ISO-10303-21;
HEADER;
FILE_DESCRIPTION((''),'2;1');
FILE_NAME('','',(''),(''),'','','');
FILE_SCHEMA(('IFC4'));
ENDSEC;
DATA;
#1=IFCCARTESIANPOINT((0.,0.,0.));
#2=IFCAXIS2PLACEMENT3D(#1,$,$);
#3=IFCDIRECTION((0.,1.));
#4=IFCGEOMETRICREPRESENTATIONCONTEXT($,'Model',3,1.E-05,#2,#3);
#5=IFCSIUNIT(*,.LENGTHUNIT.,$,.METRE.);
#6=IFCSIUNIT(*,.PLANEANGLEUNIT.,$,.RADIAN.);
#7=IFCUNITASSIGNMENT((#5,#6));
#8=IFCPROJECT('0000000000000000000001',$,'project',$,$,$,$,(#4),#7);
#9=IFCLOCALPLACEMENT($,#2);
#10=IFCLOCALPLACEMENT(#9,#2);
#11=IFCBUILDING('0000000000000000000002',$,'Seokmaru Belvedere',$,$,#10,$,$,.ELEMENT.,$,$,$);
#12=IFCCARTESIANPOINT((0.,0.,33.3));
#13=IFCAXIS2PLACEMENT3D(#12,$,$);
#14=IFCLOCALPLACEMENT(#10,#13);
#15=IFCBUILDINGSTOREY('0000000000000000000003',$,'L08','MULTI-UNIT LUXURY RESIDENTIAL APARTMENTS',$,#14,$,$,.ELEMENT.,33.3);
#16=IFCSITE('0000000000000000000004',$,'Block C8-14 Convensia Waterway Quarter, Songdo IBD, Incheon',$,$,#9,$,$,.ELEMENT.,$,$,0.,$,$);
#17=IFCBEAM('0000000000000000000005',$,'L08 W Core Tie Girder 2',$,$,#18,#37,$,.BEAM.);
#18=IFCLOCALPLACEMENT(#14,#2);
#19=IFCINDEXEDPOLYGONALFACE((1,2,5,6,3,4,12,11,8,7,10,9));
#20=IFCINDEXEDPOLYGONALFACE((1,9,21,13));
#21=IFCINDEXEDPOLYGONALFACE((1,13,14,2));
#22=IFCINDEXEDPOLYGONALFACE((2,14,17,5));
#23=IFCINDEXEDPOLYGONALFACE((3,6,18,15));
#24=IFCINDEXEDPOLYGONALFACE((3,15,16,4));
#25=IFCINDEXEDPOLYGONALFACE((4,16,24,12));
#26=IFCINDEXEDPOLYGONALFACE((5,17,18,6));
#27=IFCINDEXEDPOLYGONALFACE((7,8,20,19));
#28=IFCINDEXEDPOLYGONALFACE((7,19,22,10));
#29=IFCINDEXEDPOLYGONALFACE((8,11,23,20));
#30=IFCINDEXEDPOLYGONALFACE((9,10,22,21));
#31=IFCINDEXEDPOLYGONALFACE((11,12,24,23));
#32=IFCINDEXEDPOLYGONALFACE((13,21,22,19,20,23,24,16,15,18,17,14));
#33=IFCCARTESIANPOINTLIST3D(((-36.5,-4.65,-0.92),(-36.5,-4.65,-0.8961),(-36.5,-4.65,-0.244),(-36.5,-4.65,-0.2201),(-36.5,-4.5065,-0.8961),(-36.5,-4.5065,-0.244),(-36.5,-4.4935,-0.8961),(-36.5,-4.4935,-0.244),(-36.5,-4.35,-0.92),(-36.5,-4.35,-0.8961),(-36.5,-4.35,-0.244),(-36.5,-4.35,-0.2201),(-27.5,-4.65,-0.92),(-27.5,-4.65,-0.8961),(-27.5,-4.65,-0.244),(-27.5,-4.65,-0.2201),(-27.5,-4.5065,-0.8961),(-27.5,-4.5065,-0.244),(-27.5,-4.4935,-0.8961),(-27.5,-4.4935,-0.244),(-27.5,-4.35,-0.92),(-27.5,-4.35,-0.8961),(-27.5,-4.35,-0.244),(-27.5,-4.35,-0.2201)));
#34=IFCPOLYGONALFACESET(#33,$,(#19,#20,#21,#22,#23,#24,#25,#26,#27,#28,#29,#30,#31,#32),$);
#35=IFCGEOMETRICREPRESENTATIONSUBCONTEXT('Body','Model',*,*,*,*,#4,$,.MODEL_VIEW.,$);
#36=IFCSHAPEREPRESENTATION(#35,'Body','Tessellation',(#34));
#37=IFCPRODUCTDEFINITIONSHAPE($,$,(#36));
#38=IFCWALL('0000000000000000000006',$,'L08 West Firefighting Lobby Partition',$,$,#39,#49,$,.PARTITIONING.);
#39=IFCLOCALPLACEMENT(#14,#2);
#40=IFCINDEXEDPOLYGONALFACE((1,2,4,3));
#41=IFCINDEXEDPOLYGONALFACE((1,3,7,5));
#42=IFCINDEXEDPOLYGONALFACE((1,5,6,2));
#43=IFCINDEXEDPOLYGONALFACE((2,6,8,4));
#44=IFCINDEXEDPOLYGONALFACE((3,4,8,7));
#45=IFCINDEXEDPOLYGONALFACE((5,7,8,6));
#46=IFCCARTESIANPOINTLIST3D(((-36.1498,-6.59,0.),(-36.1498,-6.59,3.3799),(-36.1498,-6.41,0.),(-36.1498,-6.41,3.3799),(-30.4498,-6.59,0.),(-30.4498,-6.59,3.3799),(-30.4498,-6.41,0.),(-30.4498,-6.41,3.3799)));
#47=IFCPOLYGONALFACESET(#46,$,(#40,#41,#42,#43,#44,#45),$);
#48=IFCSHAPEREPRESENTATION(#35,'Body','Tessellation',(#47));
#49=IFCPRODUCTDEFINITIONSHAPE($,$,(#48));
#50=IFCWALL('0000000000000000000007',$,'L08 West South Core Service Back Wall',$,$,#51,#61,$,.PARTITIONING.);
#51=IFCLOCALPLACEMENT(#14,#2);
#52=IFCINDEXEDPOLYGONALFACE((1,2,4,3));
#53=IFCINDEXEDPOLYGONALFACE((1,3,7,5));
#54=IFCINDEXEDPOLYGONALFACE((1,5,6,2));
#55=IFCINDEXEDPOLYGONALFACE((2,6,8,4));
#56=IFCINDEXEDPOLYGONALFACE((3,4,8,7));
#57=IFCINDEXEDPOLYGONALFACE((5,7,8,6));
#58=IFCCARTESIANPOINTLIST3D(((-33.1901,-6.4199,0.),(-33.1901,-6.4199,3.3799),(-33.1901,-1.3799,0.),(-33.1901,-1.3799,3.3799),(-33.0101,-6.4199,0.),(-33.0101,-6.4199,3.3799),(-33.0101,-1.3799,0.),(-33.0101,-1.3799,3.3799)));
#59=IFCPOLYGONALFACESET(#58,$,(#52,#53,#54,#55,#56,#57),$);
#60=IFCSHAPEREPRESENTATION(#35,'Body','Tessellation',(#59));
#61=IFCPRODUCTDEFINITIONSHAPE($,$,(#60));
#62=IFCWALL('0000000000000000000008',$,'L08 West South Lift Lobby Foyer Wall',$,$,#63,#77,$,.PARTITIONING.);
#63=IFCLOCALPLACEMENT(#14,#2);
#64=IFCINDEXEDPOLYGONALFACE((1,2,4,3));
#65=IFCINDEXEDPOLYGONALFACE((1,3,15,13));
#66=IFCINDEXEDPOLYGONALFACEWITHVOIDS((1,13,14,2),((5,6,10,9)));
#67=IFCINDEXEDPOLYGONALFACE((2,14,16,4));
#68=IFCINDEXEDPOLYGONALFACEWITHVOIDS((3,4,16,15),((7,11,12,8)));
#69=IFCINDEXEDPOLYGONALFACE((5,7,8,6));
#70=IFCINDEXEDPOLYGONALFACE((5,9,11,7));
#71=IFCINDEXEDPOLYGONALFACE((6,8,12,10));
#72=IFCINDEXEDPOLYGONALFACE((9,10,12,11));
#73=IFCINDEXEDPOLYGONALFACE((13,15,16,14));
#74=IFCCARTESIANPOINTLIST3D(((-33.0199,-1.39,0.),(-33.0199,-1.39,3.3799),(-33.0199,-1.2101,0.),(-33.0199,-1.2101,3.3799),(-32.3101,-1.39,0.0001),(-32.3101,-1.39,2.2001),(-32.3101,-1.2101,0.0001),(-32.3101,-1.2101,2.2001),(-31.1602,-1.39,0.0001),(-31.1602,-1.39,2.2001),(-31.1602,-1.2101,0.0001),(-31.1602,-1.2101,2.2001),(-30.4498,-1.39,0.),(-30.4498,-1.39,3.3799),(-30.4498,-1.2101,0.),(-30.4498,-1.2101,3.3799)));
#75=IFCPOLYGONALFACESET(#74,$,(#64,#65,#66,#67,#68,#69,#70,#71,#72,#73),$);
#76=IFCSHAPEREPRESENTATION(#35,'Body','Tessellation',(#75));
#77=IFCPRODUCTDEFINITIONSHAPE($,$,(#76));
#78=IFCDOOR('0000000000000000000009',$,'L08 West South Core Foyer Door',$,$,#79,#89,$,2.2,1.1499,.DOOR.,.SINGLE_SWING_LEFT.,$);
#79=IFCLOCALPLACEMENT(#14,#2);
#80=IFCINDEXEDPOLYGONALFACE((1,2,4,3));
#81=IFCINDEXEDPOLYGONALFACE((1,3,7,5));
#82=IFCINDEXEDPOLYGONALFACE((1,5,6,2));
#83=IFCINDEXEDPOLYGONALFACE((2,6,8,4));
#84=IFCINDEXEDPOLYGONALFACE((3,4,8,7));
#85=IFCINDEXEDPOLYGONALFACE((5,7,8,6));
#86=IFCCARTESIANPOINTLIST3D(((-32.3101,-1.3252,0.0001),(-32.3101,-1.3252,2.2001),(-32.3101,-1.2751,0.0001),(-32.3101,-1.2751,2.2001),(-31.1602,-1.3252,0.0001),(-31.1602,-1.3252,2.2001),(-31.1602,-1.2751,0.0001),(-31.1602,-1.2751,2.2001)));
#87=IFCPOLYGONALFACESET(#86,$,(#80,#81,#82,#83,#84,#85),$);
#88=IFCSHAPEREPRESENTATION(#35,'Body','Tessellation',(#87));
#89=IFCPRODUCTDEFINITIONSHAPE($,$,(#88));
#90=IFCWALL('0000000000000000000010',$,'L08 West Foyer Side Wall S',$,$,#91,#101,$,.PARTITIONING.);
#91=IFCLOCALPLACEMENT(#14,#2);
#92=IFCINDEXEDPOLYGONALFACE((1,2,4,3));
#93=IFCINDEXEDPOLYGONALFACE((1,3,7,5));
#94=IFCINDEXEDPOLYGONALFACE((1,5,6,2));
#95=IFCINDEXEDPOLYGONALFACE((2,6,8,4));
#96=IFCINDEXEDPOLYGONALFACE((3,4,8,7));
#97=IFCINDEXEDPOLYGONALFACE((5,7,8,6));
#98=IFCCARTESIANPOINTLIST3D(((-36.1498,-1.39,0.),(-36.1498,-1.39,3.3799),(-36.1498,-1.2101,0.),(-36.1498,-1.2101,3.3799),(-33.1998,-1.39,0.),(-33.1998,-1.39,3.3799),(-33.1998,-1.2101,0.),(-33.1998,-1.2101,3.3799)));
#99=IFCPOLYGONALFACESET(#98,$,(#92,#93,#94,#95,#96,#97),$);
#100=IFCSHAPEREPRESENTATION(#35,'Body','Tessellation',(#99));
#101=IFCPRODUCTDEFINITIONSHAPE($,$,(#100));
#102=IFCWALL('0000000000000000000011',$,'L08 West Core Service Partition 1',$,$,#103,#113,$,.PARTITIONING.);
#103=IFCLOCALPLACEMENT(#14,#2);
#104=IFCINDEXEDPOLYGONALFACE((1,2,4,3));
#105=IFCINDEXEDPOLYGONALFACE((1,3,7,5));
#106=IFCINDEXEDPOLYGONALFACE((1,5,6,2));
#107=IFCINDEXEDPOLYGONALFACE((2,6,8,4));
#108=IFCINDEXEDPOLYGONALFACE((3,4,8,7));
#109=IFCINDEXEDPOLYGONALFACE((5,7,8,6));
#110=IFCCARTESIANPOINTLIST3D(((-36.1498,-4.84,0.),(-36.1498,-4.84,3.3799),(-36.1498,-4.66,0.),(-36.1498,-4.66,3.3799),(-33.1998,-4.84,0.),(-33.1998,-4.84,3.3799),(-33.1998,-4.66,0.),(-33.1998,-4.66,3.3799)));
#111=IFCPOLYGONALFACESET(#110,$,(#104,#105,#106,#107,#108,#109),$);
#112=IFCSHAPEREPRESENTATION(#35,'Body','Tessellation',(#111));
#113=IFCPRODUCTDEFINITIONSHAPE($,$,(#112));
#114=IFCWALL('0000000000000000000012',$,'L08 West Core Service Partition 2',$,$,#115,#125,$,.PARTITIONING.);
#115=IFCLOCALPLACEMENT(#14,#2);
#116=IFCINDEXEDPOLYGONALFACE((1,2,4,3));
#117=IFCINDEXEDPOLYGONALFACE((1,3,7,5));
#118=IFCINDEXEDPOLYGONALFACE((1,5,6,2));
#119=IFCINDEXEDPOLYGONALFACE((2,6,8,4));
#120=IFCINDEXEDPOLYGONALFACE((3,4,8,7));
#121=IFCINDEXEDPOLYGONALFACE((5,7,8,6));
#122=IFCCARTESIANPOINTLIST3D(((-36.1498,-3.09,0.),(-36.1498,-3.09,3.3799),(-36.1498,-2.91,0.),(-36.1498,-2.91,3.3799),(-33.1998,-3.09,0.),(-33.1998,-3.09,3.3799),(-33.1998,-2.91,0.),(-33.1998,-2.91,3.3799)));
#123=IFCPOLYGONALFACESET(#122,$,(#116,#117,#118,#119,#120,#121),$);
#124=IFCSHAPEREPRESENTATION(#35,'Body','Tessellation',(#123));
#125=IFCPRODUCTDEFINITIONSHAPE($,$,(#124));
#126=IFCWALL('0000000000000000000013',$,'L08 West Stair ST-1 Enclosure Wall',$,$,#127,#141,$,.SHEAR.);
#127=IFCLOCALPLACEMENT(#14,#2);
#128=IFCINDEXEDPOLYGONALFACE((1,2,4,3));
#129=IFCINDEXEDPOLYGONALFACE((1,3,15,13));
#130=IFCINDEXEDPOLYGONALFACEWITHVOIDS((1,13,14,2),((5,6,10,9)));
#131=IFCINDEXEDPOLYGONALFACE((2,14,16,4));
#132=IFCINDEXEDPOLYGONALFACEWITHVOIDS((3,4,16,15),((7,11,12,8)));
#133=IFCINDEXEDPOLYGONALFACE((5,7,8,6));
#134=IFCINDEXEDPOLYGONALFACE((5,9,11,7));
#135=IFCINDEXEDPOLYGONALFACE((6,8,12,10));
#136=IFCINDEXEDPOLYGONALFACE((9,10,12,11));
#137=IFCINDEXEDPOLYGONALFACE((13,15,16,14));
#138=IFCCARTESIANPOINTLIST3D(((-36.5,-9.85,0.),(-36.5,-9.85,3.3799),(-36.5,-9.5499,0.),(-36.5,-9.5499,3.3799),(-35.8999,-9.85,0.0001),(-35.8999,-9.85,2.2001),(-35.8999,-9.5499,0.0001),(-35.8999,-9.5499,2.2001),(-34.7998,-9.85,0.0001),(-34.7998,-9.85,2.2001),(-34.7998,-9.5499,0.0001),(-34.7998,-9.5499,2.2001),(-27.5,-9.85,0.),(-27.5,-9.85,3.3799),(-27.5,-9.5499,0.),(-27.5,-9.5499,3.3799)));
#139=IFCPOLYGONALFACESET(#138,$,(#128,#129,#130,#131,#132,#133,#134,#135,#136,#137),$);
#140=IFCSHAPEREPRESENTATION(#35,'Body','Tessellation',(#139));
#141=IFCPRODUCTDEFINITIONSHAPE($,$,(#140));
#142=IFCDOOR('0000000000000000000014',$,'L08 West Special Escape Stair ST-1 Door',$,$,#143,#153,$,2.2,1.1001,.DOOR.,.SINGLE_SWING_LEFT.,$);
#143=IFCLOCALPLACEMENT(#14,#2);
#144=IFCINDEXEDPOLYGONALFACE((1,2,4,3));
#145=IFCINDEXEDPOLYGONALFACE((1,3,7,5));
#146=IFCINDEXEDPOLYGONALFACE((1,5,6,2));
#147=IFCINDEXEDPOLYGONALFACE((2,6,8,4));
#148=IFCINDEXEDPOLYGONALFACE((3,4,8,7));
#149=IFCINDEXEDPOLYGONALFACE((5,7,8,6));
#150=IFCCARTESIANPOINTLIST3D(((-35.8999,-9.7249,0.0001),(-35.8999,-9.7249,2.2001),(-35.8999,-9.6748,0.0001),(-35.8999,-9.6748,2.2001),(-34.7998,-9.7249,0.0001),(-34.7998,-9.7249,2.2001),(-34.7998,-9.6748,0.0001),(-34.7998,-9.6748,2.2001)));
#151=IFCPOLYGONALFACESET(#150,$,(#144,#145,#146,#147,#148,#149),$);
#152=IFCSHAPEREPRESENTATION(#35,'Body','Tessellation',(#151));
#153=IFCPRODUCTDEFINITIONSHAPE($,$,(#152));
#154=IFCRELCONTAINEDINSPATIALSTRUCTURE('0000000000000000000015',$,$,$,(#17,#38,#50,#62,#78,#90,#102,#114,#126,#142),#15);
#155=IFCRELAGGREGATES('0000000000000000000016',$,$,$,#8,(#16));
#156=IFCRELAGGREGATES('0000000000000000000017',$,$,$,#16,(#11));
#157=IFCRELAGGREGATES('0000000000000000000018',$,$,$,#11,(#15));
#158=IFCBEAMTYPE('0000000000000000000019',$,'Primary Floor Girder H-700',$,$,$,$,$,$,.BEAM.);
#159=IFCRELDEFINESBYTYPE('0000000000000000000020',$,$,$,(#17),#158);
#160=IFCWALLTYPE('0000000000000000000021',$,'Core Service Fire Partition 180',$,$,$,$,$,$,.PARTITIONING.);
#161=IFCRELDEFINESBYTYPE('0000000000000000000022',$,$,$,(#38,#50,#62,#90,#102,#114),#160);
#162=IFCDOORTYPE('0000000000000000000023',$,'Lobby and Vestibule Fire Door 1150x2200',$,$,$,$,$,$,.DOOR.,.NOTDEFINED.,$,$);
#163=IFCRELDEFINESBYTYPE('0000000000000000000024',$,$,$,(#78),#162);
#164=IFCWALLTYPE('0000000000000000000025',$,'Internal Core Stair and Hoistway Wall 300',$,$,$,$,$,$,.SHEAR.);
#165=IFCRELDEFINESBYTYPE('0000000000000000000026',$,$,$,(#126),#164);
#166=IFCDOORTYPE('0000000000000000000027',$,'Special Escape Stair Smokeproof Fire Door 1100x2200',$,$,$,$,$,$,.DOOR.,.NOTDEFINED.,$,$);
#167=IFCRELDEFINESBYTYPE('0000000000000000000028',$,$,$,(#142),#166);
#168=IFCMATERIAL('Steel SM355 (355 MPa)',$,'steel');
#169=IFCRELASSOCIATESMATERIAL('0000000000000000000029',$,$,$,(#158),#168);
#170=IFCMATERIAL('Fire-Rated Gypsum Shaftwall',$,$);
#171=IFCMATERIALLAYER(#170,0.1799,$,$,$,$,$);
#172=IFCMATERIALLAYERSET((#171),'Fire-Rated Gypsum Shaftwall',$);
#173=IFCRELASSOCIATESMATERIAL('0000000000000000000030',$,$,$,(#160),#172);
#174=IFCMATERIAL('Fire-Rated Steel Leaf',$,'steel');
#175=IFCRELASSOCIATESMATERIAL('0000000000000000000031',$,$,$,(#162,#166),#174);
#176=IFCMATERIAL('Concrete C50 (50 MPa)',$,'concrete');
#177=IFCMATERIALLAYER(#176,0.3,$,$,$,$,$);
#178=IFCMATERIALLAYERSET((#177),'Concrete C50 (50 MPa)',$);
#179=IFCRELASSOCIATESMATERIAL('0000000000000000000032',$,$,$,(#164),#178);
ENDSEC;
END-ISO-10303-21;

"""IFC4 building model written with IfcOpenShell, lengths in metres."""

from ifc_helpers import new_model, si_unit, direction, frame, frame_2d, origin, origin_2d, place, context, subcontext, project, spatial, rectangle, i_section, extrude, source, transform, mapped, material, layer, layer_set, material_profile, profile_set, type_object, type_shapes, element, fill, save


model = new_model("IFC4")

# Units and contexts
model_context = context("Model", 3, precision=1e-05, world=origin(), true_north=direction((0.0, 1.0)))
body_context = subcontext(model_context, "Body", "Model", "MODEL_VIEW")
ifc_project = project(units=[si_unit("LENGTHUNIT", "METRE"), si_unit("PLANEANGLEUNIT", "RADIAN")], contexts=[model_context])

# Site, building, storey
site_placement = place(None, origin())
site = spatial("IfcSite", under=ifc_project, at=site_placement, Name="Block C8-14 Convensia Waterway Quarter, Songdo IBD, Incheon", CompositionType="ELEMENT", RefElevation=0.0)
building_placement = place(site_placement, origin())
building = spatial("IfcBuilding", under=site, at=building_placement, Name="Seokmaru Belvedere", CompositionType="ELEMENT")
storey_placement = place(building_placement, frame((0.0, 0.0, 33.3)))
storey = spatial("IfcBuildingStorey", under=building, at=storey_placement, Name="L08", Description="MULTI-UNIT LUXURY RESIDENTIAL APARTMENTS", CompositionType="ELEMENT", Elevation=33.3)

# Beam
ifc_material_1 = material(Name="Steel SM355 (355 MPa)", Category="steel")
ifc_material_profile = material_profile(ifc_material_1, i_section(OverallWidth=0.3, OverallDepth=0.7, WebThickness=0.0129, FlangeThickness=0.0239, at=origin_2d()), Name="H-700x300x13x24")
ifc_profile_set = profile_set([ifc_material_profile], Name="Steel SM355 (355 MPa)")
beam_type = type_object("IfcBeamType", Name="Primary Floor Girder H-700", PredefinedType="BEAM", material=ifc_profile_set)
shared_shape_1 = source(origin(), body_context, "Body", "SweptSolid", [
    extrude(i_section(OverallWidth=0.3, OverallDepth=0.7, WebThickness=0.0129, FlangeThickness=0.0239, at=origin_2d()), origin(), (0.0, 0.0, 1.0), 9.0),
])
type_shapes(beam_type, [shared_shape_1])
beam_placement = place(storey_placement, frame((-36.5, -4.5, -0.5701), z_axis=(1.0, 0.0, 0.0), x_axis=(0.0, 1.0, 0.0)))
element("IfcBeam", 1, at=beam_placement, inside=storey, type_object=beam_type, Name="L08 W Core Tie Girder 2", PredefinedType="BEAM", context=body_context, shape_type="MappedRepresentation", body=[
    mapped(shared_shape_1, transform((0.0, 0.0, 0.0), scale=1.0)),
])

# Walls
ifc_material_2 = material(Name="Fire-Rated Gypsum Shaftwall")
ifc_layer_1 = layer(ifc_material_2, 0.1799)
ifc_layer_set_1 = layer_set([ifc_layer_1], Name="Fire-Rated Gypsum Shaftwall")
wall_type_1 = type_object("IfcWallType", Name="Core Service Fire Partition 180", PredefinedType="PARTITIONING", material=ifc_layer_set_1)
wall_1_placement = place(storey_placement, frame((-36.1499, -6.5, 0.0), z_axis=(0.0, 0.0, 1.0), x_axis=(1.0, 0.0, 0.0)))
element("IfcWall", 2, at=wall_1_placement, inside=storey, type_object=wall_type_1, Name="L08 West Firefighting Lobby Partition", PredefinedType="PARTITIONING", context=body_context, shape_type="SweptSolid", body=[
    extrude(rectangle(XDim=5.7, YDim=0.1799, at=frame_2d((2.8501, 0.0))), origin(), (0.0, 0.0, 1.0), 3.3799),
])
wall_2_placement = place(storey_placement, frame((-33.1001, -6.4199, 0.0), z_axis=(0.0, 0.0, 1.0), x_axis=(0.0, 1.0, 0.0)))
element("IfcWall", 3, at=wall_2_placement, inside=storey, type_object=wall_type_1, Name="L08 West South Core Service Back Wall", PredefinedType="PARTITIONING", context=body_context, shape_type="SweptSolid", body=[
    extrude(rectangle(XDim=5.04, YDim=0.1799, at=frame_2d((2.52, 0.0))), origin(), (0.0, 0.0, 1.0), 3.3799),
])

# Wall, opening, door
wall_3_placement = place(storey_placement, frame((-33.02, -1.3, 0.0), z_axis=(0.0, 0.0, 1.0), x_axis=(1.0, 0.0, 0.0)))
wall_3 = element("IfcWall", 4, at=wall_3_placement, inside=storey, type_object=wall_type_1, Name="L08 West South Lift Lobby Foyer Wall", PredefinedType="PARTITIONING", context=body_context, shape_type="SweptSolid", body=[
    extrude(rectangle(XDim=2.5701, YDim=0.1799, at=frame_2d((1.2852, 0.0))), origin(), (0.0, 0.0, 1.0), 3.3799),
])
opening_1_placement = place(wall_3_placement, frame((0.71, 0.0, 0.0)))
opening_1 = element("IfcOpeningElement", 5, at=opening_1_placement, cuts=wall_3, PredefinedType="OPENING", context=body_context, shape_type="SweptSolid", body=[
    extrude(rectangle(XDim=1.1499, YDim=2.2, at=frame_2d((0.575, 1.1001))), frame((0.0, 0.1001, 0.0), z_axis=(0.0, -1.0, 0.0), x_axis=(1.0, 0.0, 0.0)), (0.0, 0.0, 1.0), 0.2),
])
ifc_material_3 = material(Name="Fire-Rated Steel Leaf", Category="steel")
door_type_1 = type_object("IfcDoorType", Name="Lobby and Vestibule Fire Door 1150x2200", OperationType="NOTDEFINED", PredefinedType="DOOR", material=ifc_material_3)
shared_shape_2 = source(origin(), body_context, "Body", "SweptSolid", [
    extrude(rectangle(XDim=1.1499, YDim=2.2, at=frame_2d((0.575, 1.1001))), frame((0.0, 0.0249, 0.0), z_axis=(0.0, -1.0, 0.0), x_axis=(1.0, 0.0, 0.0)), (0.0, 0.0, 1.0), 0.05),
])
type_shapes(door_type_1, [shared_shape_2])
door_1_placement = place(opening_1_placement, origin())
door_1 = element("IfcDoor", 6, at=door_1_placement, inside=storey, type_object=door_type_1, Name="L08 West South Core Foyer Door", OperationType="SINGLE_SWING_LEFT", OverallHeight=2.2, OverallWidth=1.1499, PredefinedType="DOOR", context=body_context, shape_type="MappedRepresentation", body=[
    mapped(shared_shape_2, transform((0.0, 0.0, 0.0), scale=1.0)),
])
fill(opening_1, door_1)

# Walls
for number, where, z_axis, x_axis, name in (
    (7, (-36.1499, -1.3, 0.0), (0.0, 0.0, 1.0), (1.0, 0.0, 0.0), "L08 West Foyer Side Wall S"),
    (8, (-36.1499, -4.75, 0.0), (0.0, 0.0, 1.0), (1.0, 0.0, 0.0), "L08 West Core Service Partition 1"),
    (9, (-36.1499, -3.0, 0.0), (0.0, 0.0, 1.0), (1.0, 0.0, 0.0), "L08 West Core Service Partition 2"),
):
    element("IfcWall", number, at=place(storey_placement, frame(where, z_axis=z_axis, x_axis=x_axis)), inside=storey, type_object=wall_type_1, Name=name, PredefinedType="PARTITIONING", context=body_context, shape_type="SweptSolid", body=[
        extrude(rectangle(XDim=2.95, YDim=0.1799, at=frame_2d((1.4751, 0.0))), origin(), (0.0, 0.0, 1.0), 3.3799),
    ])

# Wall, opening, door
ifc_material_4 = material(Name="Concrete C50 (50 MPa)", Category="concrete")
ifc_layer_2 = layer(ifc_material_4, 0.3)
ifc_layer_set_2 = layer_set([ifc_layer_2], Name="Concrete C50 (50 MPa)")
wall_type_2 = type_object("IfcWallType", Name="Internal Core Stair and Hoistway Wall 300", PredefinedType="SHEAR", material=ifc_layer_set_2)
wall_4_placement = place(storey_placement, frame((-36.5, -9.7, 0.0), z_axis=(0.0, 0.0, 1.0), x_axis=(1.0, 0.0, 0.0)))
wall_4 = element("IfcWall", 10, at=wall_4_placement, inside=storey, type_object=wall_type_2, Name="L08 West Stair ST-1 Enclosure Wall", PredefinedType="SHEAR", context=body_context, shape_type="SweptSolid", body=[
    extrude(rectangle(XDim=9.0, YDim=0.3, at=frame_2d((4.5, 0.0))), origin(), (0.0, 0.0, 1.0), 3.3799),
])
opening_2_placement = place(wall_4_placement, frame((0.6001, 0.0, 0.0)))
opening_2 = element("IfcOpeningElement", 11, at=opening_2_placement, cuts=wall_4, PredefinedType="OPENING", context=body_context, shape_type="SweptSolid", body=[
    extrude(rectangle(XDim=1.1001, YDim=2.2, at=frame_2d((0.55, 1.1001))), frame((0.0, 0.1602, 0.0), z_axis=(0.0, -1.0, 0.0), x_axis=(1.0, 0.0, 0.0)), (0.0, 0.0, 1.0), 0.3201),
])
door_type_2 = type_object("IfcDoorType", Name="Special Escape Stair Smokeproof Fire Door 1100x2200", OperationType="NOTDEFINED", PredefinedType="DOOR", material=ifc_material_3)
shared_shape_3 = source(origin(), body_context, "Body", "SweptSolid", [
    extrude(rectangle(XDim=1.1001, YDim=2.2, at=frame_2d((0.55, 1.1001))), frame((0.0, 0.0249, 0.0), z_axis=(0.0, -1.0, 0.0), x_axis=(1.0, 0.0, 0.0)), (0.0, 0.0, 1.0), 0.05),
])
type_shapes(door_type_2, [shared_shape_3])
door_2_placement = place(opening_2_placement, frame((1.1001, 0.0, 0.0), z_axis=(0.0, 0.0, 1.0), x_axis=(-1.0, 0.0, 0.0)))
door_2 = element("IfcDoor", 12, at=door_2_placement, inside=storey, type_object=door_type_2, Name="L08 West Special Escape Stair ST-1 Door", OperationType="SINGLE_SWING_LEFT", OverallHeight=2.2, OverallWidth=1.1001, PredefinedType="DOOR", context=body_context, shape_type="MappedRepresentation", body=[
    mapped(shared_shape_3, transform((0.0, 0.0, 0.0), scale=1.0)),
])
fill(opening_2, door_2)

save(model, "model.ifc")
